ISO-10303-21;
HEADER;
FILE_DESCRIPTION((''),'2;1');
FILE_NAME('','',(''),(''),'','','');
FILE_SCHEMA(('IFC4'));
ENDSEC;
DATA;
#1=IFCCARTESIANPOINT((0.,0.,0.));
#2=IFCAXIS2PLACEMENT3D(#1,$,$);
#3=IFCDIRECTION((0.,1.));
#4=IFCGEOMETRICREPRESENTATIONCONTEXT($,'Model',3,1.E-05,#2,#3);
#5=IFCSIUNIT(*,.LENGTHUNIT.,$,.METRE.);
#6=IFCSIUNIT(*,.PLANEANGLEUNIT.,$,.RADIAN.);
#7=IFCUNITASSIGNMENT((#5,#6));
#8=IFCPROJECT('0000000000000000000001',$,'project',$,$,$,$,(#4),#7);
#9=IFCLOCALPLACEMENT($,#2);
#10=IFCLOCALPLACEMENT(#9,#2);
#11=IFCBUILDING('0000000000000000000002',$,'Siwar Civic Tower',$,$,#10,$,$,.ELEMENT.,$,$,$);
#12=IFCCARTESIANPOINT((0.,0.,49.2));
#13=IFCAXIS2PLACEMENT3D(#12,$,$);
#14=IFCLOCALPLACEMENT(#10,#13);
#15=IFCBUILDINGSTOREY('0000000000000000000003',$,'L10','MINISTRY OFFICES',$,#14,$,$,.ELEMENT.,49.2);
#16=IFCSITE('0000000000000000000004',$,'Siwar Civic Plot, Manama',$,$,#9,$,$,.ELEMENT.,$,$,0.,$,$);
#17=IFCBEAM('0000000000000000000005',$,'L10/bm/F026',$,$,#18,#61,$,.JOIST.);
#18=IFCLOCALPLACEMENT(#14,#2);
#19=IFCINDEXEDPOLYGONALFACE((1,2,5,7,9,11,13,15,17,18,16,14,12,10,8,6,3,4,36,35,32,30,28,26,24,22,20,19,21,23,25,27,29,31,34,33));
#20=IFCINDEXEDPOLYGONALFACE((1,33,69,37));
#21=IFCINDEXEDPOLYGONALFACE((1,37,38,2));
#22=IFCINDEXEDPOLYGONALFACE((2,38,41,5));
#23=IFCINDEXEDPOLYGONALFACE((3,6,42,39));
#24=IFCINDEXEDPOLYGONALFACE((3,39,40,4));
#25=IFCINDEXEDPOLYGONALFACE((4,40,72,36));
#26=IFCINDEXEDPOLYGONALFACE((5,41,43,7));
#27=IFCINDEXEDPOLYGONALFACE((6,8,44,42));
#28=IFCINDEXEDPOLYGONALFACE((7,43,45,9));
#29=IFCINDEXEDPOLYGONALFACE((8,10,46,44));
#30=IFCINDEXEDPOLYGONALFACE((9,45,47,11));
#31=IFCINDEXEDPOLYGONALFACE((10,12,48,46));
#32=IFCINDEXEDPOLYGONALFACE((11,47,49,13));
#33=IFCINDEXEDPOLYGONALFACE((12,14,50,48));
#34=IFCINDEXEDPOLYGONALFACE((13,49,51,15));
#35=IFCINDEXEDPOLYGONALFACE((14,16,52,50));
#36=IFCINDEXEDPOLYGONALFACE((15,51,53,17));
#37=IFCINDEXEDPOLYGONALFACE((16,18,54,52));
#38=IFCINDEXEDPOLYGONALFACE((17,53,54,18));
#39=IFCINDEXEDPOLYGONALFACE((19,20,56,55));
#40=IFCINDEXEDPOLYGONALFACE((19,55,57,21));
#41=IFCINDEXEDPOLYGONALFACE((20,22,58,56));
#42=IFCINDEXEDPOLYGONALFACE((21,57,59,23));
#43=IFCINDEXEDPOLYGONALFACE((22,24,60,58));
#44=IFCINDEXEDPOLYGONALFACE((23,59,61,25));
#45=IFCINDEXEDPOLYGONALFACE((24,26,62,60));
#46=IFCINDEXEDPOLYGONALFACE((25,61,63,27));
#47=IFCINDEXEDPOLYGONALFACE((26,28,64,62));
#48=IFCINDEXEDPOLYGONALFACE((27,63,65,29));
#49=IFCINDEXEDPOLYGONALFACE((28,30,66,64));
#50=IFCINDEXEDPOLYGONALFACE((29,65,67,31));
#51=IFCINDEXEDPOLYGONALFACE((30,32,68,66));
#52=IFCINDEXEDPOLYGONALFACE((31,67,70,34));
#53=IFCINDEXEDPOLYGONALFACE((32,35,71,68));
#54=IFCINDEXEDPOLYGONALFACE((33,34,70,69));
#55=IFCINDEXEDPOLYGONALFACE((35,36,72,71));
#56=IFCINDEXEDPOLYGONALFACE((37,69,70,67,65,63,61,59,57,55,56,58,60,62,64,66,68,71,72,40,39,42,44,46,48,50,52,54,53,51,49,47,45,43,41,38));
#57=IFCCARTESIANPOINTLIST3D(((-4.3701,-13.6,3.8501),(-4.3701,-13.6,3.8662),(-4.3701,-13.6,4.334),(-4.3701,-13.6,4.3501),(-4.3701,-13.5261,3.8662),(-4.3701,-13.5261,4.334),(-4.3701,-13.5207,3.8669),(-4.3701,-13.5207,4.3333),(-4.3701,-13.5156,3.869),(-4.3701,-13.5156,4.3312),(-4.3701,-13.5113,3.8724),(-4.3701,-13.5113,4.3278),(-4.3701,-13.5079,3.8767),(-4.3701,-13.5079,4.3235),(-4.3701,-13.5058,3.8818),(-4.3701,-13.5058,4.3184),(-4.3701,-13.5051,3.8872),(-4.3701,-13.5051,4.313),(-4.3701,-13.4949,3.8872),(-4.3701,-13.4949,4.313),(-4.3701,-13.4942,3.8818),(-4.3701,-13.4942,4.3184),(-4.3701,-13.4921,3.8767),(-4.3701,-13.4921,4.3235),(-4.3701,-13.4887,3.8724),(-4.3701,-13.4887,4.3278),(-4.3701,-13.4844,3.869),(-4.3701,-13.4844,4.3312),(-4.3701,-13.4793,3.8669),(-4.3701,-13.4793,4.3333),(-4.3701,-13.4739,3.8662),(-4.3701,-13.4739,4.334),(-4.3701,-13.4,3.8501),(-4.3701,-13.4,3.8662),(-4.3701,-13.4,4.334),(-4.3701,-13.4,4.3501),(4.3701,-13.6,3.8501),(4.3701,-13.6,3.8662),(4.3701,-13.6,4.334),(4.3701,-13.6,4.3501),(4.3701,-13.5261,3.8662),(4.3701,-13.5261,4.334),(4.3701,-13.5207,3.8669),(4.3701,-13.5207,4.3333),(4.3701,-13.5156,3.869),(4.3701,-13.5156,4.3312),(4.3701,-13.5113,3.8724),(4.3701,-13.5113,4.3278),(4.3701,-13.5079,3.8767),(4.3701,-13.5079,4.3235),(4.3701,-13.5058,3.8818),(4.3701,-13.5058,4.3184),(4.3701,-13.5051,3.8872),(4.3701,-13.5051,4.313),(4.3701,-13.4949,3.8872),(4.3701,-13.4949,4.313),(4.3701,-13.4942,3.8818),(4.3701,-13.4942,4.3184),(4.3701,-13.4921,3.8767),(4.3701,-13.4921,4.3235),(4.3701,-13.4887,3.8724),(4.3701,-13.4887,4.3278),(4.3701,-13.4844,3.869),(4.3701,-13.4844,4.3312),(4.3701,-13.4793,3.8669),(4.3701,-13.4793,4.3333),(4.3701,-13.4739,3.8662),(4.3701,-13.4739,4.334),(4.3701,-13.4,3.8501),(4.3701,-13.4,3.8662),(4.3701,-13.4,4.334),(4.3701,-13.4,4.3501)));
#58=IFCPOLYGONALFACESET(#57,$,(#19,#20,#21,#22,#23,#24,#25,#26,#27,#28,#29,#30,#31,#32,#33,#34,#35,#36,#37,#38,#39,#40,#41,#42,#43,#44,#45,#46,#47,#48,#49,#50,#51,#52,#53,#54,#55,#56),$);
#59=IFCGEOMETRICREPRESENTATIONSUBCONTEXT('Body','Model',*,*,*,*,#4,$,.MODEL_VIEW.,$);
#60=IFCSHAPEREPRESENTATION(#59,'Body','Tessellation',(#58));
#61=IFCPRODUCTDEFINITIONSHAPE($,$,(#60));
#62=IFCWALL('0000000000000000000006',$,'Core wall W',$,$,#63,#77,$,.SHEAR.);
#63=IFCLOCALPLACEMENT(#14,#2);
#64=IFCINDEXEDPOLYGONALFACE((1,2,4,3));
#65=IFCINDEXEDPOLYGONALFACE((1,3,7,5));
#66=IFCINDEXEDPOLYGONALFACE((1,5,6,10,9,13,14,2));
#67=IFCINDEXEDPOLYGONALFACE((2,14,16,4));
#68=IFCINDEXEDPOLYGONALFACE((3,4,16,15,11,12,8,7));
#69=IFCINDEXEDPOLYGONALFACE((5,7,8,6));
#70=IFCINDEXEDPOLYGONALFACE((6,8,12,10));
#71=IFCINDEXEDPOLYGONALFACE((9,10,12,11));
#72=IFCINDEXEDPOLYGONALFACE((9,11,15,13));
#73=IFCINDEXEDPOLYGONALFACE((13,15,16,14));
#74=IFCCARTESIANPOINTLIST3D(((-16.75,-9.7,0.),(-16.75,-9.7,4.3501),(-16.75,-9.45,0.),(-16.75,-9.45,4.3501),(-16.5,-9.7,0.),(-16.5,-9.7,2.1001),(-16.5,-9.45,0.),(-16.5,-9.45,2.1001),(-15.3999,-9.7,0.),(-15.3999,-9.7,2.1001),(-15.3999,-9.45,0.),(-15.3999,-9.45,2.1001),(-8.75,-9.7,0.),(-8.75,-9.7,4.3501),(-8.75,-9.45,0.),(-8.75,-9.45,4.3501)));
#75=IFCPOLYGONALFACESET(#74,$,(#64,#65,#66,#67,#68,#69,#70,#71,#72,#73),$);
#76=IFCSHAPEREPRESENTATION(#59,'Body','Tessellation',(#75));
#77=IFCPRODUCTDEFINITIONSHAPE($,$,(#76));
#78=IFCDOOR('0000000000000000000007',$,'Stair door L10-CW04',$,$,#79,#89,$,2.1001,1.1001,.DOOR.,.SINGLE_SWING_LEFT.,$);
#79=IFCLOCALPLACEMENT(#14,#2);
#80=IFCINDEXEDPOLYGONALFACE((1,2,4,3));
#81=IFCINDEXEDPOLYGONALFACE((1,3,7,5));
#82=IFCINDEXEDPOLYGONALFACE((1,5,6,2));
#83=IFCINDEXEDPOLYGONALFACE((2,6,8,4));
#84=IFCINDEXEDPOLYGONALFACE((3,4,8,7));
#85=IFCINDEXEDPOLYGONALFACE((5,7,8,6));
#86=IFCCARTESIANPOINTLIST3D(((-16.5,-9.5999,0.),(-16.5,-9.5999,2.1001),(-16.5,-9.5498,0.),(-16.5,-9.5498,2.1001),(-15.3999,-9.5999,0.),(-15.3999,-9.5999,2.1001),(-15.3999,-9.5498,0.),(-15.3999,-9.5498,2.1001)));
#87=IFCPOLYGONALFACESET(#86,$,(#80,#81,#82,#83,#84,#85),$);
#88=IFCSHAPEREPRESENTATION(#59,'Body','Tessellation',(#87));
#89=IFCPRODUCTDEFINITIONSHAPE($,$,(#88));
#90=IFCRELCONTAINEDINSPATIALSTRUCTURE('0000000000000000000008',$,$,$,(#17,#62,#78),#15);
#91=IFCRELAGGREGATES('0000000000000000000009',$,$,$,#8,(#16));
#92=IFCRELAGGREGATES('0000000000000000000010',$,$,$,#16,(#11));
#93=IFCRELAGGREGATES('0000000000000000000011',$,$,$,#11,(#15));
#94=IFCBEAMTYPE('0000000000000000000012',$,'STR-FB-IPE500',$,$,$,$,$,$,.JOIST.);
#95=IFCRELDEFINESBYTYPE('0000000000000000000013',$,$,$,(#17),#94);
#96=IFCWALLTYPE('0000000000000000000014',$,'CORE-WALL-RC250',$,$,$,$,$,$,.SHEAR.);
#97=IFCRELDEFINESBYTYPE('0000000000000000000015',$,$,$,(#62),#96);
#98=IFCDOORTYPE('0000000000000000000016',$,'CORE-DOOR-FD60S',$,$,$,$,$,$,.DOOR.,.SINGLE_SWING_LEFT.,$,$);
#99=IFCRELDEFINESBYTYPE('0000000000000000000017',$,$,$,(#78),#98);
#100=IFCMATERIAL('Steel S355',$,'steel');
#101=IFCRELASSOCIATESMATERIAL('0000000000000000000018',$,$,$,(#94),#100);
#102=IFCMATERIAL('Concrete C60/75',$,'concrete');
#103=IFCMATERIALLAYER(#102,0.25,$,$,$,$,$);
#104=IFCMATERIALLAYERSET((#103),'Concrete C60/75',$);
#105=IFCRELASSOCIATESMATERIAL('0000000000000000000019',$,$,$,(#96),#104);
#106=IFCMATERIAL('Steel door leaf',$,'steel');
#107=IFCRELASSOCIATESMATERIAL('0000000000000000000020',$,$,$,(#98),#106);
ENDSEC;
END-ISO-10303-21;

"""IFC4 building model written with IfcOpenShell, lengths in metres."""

from ifc_helpers import new_model, si_unit, direction, frame, frame_2d, origin, origin_2d, place, context, subcontext, project, spatial, rectangle, i_section, extrude, material, layer, layer_set, material_profile, profile_set, type_object, element, fill, save


model = new_model("IFC4")

# Units and contexts
model_context = context("Model", 3, precision=1e-05, world=origin(), true_north=direction((0.0, 1.0)))
body_context = subcontext(model_context, "Body", "Model", "MODEL_VIEW")
ifc_project = project(units=[si_unit("LENGTHUNIT", "METRE"), si_unit("PLANEANGLEUNIT", "RADIAN")], contexts=[model_context])

# Site, building, storey
site_placement = place(None, origin())
site = spatial("IfcSite", under=ifc_project, at=site_placement, Name="Siwar Civic Plot, Manama", CompositionType="ELEMENT", RefElevation=0.0)
building_placement = place(site_placement, origin())
building = spatial("IfcBuilding", under=site, at=building_placement, Name="Siwar Civic Tower", CompositionType="ELEMENT")
storey_placement = place(building_placement, frame((0.0, 0.0, 49.2)))
storey = spatial("IfcBuildingStorey", under=building, at=storey_placement, Name="L10", Description="MINISTRY OFFICES", CompositionType="ELEMENT", Elevation=49.2)

# Beam
ifc_material_1 = material(Name="Steel S355", Category="steel")
ifc_material_profile = material_profile(ifc_material_1, i_section(OverallWidth=0.2, OverallDepth=0.5, WebThickness=0.0103, FlangeThickness=0.0161, FilletRadius=0.021, at=origin_2d()), Name="IPE500")
ifc_profile_set = profile_set([ifc_material_profile], Name="Steel S355")
beam_type = type_object("IfcBeamType", Name="STR-FB-IPE500", PredefinedType="JOIST", material=ifc_profile_set)
beam_1_placement = place(storey_placement, frame((-4.3701, -13.5, 4.1001), z_axis=(1.0, 0.0, 0.0), x_axis=(0.0, 1.0, 0.0)))
element("IfcBeam", 1, at=beam_1_placement, inside=storey, type_object=beam_type, Name="L10/bm/F026", PredefinedType="JOIST", context=body_context, shape_type="SweptSolid", body=[
    extrude(i_section(OverallWidth=0.2, OverallDepth=0.5, WebThickness=0.0103, FlangeThickness=0.0161, FilletRadius=0.021, at=origin_2d()), origin(), (0.0, 0.0, 1.0), 8.7402),
])

# Wall, opening, door
ifc_material_2 = material(Name="Concrete C60/75", Category="concrete")
ifc_layer_1 = layer(ifc_material_2, 0.25)
ifc_layer_set_1 = layer_set([ifc_layer_1], Name="Concrete C60/75")
wall_type_1 = type_object("IfcWallType", Name="CORE-WALL-RC250", PredefinedType="SHEAR", material=ifc_layer_set_1)
wall_1_placement = place(storey_placement, frame((-8.75, -9.575, 0.0), z_axis=(0.0, 0.0, 1.0), x_axis=(-1.0, 0.0, 0.0)))
wall_1 = element("IfcWall", 2, at=wall_1_placement, inside=storey, type_object=wall_type_1, Name="Core wall W", PredefinedType="SHEAR", context=body_context, shape_type="SweptSolid", body=[
    extrude(rectangle(XDim=8.0, YDim=0.25, at=frame_2d((4.0, 0.0))), origin(), (0.0, 0.0, 1.0), 4.3501),
])
opening_1_placement = place(wall_1_placement, frame((6.6499, 0.0, 0.0)))
opening_1 = element("IfcOpeningElement", 3, at=opening_1_placement, cuts=wall_1, PredefinedType="OPENING", context=body_context, shape_type="SweptSolid", body=[
    extrude(rectangle(XDim=1.1001, YDim=2.1001, at=frame_2d((0.55, 1.05))), frame((0.0, 0.135, 0.0), z_axis=(0.0, -1.0, 0.0), x_axis=(1.0, 0.0, 0.0)), (0.0, 0.0, 1.0), 0.27),
])
ifc_material_3 = material(Name="Steel door leaf", Category="steel")
door_type_1 = type_object("IfcDoorType", Name="CORE-DOOR-FD60S", OperationType="SINGLE_SWING_LEFT", PredefinedType="DOOR", material=ifc_material_3)
door_1_placement = place(opening_1_placement, origin())
door_1 = element("IfcDoor", 4, at=door_1_placement, inside=storey, type_object=door_type_1, Name="Stair door L10-CW04", OperationType="SINGLE_SWING_LEFT", OverallHeight=2.1001, OverallWidth=1.1001, PredefinedType="DOOR", context=body_context, shape_type="SweptSolid", body=[
    extrude(rectangle(XDim=1.1001, YDim=2.1001, at=frame_2d((0.55, 1.05))), frame((0.0, 0.0249, 0.0), z_axis=(0.0, -1.0, 0.0), x_axis=(1.0, 0.0, 0.0)), (0.0, 0.0, 1.0), 0.05),
])
fill(opening_1, door_1)

save(model, "model.ifc")
